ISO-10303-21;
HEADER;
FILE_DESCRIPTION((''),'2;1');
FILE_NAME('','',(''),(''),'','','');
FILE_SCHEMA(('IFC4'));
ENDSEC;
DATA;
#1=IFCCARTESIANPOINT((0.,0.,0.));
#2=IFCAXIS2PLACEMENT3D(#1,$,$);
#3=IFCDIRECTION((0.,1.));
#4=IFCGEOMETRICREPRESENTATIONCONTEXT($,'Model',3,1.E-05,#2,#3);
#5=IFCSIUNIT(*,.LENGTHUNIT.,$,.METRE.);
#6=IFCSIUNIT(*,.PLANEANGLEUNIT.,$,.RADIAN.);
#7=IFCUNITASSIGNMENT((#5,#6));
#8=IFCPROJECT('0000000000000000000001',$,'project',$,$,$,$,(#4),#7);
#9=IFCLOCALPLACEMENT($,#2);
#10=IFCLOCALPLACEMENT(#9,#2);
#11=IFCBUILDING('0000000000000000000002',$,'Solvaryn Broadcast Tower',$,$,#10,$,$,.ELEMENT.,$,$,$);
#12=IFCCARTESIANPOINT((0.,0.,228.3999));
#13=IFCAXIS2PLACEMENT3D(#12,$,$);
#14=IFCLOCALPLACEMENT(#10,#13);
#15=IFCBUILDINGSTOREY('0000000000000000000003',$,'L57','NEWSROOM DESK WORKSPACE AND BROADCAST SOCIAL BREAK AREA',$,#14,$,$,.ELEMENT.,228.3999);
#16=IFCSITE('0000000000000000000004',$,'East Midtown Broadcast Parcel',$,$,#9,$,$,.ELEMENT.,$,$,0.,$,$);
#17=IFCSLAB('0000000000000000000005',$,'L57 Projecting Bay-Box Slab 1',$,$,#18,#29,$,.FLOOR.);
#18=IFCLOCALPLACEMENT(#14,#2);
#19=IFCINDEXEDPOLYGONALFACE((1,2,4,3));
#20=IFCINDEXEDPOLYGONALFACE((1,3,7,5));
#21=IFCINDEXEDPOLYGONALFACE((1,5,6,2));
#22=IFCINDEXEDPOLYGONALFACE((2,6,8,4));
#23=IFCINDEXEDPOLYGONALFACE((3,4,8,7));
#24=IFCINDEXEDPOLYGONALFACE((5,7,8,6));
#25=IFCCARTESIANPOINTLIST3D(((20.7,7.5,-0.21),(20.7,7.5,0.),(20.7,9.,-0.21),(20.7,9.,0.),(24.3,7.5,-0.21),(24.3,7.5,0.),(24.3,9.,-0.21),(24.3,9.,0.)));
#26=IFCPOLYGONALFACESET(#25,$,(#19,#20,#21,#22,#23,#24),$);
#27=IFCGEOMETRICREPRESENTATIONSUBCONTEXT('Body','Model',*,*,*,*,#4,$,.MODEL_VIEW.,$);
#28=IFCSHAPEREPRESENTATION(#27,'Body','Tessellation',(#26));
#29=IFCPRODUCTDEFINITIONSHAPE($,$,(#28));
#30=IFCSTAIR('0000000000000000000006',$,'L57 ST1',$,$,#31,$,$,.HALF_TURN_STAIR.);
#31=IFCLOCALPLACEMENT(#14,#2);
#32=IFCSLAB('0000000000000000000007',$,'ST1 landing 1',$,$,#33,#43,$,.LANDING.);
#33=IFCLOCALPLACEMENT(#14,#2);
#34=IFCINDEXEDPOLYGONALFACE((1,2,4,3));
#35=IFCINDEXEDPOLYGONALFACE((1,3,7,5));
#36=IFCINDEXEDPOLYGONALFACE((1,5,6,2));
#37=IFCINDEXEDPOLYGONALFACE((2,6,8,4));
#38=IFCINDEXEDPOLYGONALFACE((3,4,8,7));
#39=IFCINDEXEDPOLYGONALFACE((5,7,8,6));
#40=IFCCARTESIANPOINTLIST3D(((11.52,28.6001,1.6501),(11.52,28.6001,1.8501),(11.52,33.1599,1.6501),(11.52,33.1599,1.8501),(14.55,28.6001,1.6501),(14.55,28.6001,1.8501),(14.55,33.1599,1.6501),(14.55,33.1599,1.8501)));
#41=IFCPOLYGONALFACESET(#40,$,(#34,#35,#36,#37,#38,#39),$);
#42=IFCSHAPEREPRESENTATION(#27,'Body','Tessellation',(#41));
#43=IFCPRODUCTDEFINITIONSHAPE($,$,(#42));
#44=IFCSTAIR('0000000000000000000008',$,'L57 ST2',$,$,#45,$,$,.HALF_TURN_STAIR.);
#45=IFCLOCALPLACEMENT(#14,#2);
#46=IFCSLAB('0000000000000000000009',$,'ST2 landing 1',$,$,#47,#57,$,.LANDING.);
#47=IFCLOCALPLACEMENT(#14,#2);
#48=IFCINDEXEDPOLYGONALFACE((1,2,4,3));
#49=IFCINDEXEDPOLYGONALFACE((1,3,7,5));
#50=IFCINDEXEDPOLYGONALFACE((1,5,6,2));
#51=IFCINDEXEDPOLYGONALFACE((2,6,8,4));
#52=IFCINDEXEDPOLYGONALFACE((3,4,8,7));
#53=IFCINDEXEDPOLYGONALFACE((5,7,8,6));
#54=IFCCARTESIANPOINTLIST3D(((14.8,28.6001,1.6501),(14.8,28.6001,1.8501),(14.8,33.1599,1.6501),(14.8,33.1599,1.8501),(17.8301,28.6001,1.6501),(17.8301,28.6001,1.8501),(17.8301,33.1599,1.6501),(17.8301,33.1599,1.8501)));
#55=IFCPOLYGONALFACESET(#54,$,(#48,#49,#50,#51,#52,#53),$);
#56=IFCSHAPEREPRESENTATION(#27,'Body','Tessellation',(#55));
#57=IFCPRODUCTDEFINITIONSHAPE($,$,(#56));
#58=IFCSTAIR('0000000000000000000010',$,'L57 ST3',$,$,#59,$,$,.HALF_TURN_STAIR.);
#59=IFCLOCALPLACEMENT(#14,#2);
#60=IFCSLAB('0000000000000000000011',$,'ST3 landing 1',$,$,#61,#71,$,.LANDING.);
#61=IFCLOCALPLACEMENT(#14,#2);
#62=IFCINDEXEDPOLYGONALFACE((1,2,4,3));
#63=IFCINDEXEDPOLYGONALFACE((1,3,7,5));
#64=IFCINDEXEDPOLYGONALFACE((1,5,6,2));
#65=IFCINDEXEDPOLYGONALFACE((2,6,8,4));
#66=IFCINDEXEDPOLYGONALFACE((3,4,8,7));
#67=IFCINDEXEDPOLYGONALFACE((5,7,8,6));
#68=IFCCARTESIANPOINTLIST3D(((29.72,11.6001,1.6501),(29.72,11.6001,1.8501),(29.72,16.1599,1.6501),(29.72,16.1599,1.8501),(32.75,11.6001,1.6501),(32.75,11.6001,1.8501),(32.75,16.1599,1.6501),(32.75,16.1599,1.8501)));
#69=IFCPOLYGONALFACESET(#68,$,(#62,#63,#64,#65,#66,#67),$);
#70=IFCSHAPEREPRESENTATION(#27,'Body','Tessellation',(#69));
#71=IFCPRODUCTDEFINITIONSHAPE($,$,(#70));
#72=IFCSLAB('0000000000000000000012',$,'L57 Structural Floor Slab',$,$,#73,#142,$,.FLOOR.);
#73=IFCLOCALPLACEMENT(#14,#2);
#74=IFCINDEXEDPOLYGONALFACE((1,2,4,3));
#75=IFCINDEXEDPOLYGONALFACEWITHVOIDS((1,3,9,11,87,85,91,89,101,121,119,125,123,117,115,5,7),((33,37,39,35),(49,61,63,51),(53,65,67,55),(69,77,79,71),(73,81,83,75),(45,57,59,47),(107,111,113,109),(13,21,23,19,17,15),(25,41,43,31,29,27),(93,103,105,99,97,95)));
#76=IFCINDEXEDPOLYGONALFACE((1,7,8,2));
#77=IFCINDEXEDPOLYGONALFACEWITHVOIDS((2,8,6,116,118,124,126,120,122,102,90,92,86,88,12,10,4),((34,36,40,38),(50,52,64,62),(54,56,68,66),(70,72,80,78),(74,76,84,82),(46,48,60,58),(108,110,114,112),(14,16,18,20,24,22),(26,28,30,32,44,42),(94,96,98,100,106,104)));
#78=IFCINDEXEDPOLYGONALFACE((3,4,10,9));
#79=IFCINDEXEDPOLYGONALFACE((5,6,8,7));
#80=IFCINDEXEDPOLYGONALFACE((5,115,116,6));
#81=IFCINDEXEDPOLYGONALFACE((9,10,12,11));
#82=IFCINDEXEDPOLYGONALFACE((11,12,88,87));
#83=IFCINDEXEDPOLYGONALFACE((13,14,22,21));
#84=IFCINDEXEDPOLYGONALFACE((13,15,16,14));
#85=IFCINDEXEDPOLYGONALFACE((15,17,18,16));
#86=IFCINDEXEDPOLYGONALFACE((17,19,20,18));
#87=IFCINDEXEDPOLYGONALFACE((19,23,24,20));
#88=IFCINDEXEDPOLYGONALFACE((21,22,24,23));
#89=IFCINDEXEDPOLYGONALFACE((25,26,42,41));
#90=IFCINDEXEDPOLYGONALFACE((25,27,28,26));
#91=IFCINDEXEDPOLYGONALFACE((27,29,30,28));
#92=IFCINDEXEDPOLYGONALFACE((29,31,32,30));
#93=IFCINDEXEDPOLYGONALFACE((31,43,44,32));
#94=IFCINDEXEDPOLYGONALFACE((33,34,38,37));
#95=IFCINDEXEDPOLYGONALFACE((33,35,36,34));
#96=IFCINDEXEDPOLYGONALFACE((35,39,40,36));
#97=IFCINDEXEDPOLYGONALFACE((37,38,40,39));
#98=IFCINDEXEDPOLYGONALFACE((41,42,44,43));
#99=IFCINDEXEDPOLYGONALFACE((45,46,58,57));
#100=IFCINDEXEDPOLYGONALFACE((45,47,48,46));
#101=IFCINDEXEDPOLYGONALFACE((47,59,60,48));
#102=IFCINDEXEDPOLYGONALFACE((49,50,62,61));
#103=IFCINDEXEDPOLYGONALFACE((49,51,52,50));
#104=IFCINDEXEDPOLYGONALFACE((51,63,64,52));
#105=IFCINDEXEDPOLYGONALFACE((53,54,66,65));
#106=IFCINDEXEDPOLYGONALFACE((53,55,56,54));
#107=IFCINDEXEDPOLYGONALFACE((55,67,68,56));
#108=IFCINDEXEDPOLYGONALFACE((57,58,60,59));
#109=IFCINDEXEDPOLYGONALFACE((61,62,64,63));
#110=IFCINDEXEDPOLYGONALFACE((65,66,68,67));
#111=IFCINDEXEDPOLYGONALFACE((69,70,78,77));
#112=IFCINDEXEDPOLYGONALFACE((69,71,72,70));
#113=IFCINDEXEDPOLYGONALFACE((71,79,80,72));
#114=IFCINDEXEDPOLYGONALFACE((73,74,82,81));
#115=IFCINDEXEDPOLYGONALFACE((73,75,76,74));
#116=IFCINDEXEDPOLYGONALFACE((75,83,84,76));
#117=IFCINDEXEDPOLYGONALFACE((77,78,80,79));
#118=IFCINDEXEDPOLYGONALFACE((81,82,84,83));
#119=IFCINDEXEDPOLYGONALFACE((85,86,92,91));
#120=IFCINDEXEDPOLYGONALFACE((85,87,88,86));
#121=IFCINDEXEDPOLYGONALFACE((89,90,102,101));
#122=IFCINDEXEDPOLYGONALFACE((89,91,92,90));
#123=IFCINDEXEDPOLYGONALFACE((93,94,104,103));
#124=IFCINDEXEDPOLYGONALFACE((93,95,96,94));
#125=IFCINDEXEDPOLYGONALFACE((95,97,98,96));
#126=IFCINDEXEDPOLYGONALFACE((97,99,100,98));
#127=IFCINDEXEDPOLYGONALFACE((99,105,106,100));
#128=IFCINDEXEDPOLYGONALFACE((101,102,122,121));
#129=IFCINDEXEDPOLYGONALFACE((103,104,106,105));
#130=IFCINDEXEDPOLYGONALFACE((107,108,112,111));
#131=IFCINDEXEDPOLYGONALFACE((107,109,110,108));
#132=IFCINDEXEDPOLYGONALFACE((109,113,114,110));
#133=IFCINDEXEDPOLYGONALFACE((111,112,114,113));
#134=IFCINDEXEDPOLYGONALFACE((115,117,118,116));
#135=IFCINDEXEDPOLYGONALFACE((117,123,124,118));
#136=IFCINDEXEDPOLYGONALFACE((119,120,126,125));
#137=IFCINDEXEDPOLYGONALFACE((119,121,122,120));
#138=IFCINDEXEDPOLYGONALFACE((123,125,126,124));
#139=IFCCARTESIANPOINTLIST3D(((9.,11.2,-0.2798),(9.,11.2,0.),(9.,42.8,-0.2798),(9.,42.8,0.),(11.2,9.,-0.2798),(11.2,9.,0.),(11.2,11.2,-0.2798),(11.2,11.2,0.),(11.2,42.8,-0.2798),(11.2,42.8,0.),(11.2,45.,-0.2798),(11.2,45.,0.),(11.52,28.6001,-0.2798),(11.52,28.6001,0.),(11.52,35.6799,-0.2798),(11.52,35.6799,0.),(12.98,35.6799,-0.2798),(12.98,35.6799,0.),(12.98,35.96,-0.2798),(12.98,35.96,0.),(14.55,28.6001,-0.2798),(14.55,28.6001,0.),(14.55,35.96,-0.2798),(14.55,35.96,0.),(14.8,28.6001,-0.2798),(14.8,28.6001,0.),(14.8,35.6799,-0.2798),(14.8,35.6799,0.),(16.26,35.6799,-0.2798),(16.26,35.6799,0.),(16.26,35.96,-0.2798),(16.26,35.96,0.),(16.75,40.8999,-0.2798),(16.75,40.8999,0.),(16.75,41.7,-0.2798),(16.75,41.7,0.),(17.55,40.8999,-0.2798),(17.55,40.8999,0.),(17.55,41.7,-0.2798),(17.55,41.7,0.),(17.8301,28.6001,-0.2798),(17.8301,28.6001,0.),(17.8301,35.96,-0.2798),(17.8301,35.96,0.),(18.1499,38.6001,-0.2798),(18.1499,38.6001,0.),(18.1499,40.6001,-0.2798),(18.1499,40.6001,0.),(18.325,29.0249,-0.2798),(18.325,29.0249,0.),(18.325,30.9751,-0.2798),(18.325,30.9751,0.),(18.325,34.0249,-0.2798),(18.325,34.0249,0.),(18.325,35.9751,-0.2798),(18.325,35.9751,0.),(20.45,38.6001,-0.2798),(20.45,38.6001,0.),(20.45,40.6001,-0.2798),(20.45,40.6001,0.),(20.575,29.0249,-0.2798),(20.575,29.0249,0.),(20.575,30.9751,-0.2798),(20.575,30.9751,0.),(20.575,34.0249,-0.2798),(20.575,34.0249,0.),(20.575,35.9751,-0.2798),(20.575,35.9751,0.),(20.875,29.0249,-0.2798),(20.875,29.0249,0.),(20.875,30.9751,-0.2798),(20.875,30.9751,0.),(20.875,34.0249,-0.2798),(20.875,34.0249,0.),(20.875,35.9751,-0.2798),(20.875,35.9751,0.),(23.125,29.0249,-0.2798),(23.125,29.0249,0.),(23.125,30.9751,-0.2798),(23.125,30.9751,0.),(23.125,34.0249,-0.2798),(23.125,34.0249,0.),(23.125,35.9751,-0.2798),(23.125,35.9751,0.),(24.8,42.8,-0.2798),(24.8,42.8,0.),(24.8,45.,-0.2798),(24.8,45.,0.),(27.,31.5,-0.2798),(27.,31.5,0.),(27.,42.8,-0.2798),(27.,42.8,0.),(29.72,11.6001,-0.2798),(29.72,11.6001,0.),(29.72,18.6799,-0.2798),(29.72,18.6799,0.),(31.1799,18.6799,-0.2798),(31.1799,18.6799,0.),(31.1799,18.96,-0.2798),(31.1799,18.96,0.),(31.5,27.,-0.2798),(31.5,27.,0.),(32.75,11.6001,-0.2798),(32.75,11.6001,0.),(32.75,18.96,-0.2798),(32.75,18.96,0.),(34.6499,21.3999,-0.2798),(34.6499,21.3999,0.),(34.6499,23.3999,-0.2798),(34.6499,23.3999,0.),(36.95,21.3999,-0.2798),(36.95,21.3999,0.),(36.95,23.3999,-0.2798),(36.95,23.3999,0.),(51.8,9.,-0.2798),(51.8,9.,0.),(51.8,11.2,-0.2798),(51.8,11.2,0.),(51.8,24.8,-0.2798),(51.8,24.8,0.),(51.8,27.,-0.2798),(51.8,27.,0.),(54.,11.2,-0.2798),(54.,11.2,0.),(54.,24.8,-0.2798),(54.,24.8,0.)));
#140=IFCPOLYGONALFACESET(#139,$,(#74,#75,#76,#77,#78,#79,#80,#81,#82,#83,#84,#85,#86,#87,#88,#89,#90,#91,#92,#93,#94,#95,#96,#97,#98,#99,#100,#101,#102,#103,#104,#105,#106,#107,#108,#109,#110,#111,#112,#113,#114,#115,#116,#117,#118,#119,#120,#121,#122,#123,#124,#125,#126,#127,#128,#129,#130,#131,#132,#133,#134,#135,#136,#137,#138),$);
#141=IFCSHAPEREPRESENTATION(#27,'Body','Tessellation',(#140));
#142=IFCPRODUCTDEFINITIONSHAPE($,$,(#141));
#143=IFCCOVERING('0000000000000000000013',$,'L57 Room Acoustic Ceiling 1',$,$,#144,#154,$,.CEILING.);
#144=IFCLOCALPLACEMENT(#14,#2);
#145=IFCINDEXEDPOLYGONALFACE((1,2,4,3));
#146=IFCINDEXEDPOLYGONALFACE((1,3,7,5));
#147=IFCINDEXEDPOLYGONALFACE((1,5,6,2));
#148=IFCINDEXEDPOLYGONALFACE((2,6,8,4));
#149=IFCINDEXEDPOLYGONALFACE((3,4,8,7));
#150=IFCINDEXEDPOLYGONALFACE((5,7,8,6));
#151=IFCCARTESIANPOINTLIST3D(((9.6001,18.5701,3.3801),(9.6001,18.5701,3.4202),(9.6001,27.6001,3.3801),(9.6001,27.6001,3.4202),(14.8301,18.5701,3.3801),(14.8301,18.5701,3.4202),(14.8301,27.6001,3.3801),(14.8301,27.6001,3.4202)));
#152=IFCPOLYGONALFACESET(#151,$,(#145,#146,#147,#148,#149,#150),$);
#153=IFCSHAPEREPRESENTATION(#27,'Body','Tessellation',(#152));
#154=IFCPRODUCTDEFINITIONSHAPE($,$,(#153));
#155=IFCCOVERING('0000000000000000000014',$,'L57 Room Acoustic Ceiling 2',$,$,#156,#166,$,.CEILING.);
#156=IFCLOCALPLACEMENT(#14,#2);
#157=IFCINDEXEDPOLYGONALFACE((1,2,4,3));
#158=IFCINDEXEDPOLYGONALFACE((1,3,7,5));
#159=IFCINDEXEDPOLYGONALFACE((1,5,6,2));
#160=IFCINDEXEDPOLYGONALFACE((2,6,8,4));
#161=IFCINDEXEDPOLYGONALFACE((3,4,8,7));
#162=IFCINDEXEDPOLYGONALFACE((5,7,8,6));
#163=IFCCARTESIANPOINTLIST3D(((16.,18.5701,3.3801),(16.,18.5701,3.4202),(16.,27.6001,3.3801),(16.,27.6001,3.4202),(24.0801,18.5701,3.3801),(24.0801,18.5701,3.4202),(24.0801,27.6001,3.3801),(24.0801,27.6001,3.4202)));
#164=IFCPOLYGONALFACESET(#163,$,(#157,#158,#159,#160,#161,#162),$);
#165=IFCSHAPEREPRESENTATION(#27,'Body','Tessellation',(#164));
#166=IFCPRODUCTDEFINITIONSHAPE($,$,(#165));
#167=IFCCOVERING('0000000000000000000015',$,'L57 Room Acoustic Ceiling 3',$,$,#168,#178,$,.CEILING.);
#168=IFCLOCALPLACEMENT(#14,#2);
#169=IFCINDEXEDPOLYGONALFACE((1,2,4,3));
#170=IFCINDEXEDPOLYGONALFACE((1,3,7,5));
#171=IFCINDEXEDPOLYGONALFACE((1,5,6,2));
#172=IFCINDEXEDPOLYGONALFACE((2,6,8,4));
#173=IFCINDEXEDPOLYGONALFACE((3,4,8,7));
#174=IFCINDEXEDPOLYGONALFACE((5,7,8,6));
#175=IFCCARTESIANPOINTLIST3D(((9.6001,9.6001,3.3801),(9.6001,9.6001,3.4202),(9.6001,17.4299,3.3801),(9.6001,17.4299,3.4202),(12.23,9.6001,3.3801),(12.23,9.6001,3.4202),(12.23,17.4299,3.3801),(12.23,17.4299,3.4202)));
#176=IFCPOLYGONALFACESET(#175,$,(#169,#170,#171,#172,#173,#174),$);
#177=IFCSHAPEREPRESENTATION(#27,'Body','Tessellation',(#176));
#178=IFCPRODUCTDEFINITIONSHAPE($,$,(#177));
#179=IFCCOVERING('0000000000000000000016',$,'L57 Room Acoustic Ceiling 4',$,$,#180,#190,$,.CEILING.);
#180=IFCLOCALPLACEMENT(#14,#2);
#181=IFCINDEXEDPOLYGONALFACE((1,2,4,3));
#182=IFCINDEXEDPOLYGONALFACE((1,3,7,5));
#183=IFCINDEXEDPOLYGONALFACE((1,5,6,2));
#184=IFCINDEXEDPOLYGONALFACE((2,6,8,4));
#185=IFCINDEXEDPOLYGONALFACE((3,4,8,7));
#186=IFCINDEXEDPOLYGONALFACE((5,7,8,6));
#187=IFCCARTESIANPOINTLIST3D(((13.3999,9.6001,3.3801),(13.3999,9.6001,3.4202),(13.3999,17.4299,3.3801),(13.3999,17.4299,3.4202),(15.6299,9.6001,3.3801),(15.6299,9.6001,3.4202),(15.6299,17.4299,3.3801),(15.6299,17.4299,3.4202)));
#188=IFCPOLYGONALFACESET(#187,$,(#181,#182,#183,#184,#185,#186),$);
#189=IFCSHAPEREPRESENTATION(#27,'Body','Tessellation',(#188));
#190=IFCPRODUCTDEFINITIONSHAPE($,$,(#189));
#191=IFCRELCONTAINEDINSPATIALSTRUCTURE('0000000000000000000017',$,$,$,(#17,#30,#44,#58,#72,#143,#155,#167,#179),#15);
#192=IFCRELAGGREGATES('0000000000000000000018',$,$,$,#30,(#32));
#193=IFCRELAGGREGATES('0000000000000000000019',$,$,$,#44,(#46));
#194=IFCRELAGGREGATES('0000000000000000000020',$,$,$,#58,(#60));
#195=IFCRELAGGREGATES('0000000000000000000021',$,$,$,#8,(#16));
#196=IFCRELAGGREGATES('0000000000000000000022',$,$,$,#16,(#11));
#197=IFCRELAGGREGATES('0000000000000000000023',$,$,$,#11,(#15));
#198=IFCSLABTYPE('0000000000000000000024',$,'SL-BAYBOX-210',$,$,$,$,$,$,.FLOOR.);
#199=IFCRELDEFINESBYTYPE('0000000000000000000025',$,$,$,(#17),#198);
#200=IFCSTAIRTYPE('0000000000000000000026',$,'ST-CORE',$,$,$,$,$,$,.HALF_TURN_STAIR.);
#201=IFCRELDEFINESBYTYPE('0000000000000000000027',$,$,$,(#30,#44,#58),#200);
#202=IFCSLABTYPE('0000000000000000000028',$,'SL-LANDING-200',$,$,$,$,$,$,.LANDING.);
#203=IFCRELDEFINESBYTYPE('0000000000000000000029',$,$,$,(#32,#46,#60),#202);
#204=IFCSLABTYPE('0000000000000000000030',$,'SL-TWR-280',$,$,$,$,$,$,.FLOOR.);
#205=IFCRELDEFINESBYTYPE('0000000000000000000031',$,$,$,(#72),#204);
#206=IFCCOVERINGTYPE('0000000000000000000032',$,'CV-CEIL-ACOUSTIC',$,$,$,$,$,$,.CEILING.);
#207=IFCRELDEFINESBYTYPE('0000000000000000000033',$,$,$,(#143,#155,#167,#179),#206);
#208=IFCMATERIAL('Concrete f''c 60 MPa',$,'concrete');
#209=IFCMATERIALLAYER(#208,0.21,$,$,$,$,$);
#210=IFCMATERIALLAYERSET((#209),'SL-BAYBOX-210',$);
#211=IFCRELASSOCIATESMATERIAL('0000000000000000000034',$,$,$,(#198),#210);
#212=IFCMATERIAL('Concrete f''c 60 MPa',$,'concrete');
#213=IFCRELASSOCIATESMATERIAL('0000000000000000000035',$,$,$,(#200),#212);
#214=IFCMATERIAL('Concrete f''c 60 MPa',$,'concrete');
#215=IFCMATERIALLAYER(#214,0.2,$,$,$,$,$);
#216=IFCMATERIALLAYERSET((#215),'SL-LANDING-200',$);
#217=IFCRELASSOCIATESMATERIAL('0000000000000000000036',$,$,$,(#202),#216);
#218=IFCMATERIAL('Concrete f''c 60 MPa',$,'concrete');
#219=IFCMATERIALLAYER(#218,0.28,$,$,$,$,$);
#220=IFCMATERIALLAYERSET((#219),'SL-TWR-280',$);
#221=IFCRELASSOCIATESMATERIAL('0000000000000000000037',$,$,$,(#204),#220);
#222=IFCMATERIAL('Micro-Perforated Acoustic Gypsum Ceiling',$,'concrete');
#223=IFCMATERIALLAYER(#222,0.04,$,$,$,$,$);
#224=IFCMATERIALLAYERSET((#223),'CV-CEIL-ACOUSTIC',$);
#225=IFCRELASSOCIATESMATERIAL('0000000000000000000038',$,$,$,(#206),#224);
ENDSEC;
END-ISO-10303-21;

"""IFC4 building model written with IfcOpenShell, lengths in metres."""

from ifc_helpers import new_model, si_unit, direction, frame, origin, place, context, subcontext, project, spatial, polyline, outline, extrude, material, layer, layer_set, type_object, element, aggregate, save


model = new_model("IFC4")

# Units and contexts
model_context = context("Model", 3, precision=1e-05, world=origin(), true_north=direction((0.0, 1.0)))
body_context = subcontext(model_context, "Body", "Model", "MODEL_VIEW")
ifc_project = project(units=[si_unit("LENGTHUNIT", "METRE"), si_unit("PLANEANGLEUNIT", "RADIAN")], contexts=[model_context])

# Site, building, storey
site_placement = place(None, origin())
site = spatial("IfcSite", under=ifc_project, at=site_placement, Name="East Midtown Broadcast Parcel", CompositionType="ELEMENT", RefElevation=0.0)
building_placement = place(site_placement, origin())
building = spatial("IfcBuilding", under=site, at=building_placement, Name="Solvaryn Broadcast Tower", CompositionType="ELEMENT")
storey_placement = place(building_placement, frame((0.0, 0.0, 228.3999)))
storey = spatial("IfcBuildingStorey", under=building, at=storey_placement, Name="L57", Description="NEWSROOM DESK WORKSPACE AND BROADCAST SOCIAL BREAK AREA", CompositionType="ELEMENT", Elevation=228.3999)

# Slab
ifc_material_1 = material(Name="Concrete f'c 60 MPa", Category="concrete")
ifc_layer_1 = layer(ifc_material_1, 0.21)
ifc_layer_set_1 = layer_set([ifc_layer_1], Name="SL-BAYBOX-210")
slab_type_1 = type_object("IfcSlabType", Name="SL-BAYBOX-210", PredefinedType="FLOOR", material=ifc_layer_set_1)
slab_1_placement = place(storey_placement, frame((0.0, 0.0, -0.21)))
element("IfcSlab", 1, at=slab_1_placement, inside=storey, type_object=slab_type_1, Name="L57 Projecting Bay-Box Slab 1", PredefinedType="FLOOR", context=body_context, shape_type="SweptSolid", body=[
    extrude(outline(polyline([(20.7, 7.5), (24.3, 7.5), (24.3, 9.0), (20.7, 9.0), (20.7, 7.5)])), origin(), (0.0, 0.0, 1.0), 0.21),
])

# Stairs, slabs
ifc_material_2 = material(Name="Concrete f'c 60 MPa", Category="concrete")
stair_type = type_object("IfcStairType", Name="ST-CORE", PredefinedType="HALF_TURN_STAIR", material=ifc_material_2)
stair_1_placement = place(storey_placement, origin())
stair_1 = element("IfcStair", 2, at=stair_1_placement, inside=storey, type_object=stair_type, Name="L57 ST1", PredefinedType="HALF_TURN_STAIR")
ifc_material_3 = material(Name="Concrete f'c 60 MPa", Category="concrete")
ifc_layer_2 = layer(ifc_material_3, 0.2)
ifc_layer_set_2 = layer_set([ifc_layer_2], Name="SL-LANDING-200")
slab_type_2 = type_object("IfcSlabType", Name="SL-LANDING-200", PredefinedType="LANDING", material=ifc_layer_set_2)
slab_2_placement = place(storey_placement, frame((0.0, 0.0, 1.6501)))
slab_2 = element("IfcSlab", 3, at=slab_2_placement, type_object=slab_type_2, Name="ST1 landing 1", PredefinedType="LANDING", context=body_context, shape_type="SweptSolid", body=[
    extrude(outline(polyline([(11.52, 33.1599), (11.52, 28.6001), (14.55, 28.6001), (14.55, 33.1599), (11.52, 33.1599)])), origin(), (0.0, 0.0, 1.0), 0.2),
])
aggregate(stair_1, [slab_2])
stair_2_placement = place(storey_placement, origin())
stair_2 = element("IfcStair", 4, at=stair_2_placement, inside=storey, type_object=stair_type, Name="L57 ST2", PredefinedType="HALF_TURN_STAIR")
slab_3_placement = place(storey_placement, frame((0.0, 0.0, 1.6501)))
slab_3 = element("IfcSlab", 5, at=slab_3_placement, type_object=slab_type_2, Name="ST2 landing 1", PredefinedType="LANDING", context=body_context, shape_type="SweptSolid", body=[
    extrude(outline(polyline([(14.8, 33.1599), (14.8, 28.6001), (17.8301, 28.6001), (17.8301, 33.1599), (14.8, 33.1599)])), origin(), (0.0, 0.0, 1.0), 0.2),
])
aggregate(stair_2, [slab_3])
stair_3_placement = place(storey_placement, origin())
stair_3 = element("IfcStair", 6, at=stair_3_placement, inside=storey, type_object=stair_type, Name="L57 ST3", PredefinedType="HALF_TURN_STAIR")
slab_4_placement = place(storey_placement, frame((0.0, 0.0, 1.6501)))
slab_4 = element("IfcSlab", 7, at=slab_4_placement, type_object=slab_type_2, Name="ST3 landing 1", PredefinedType="LANDING", context=body_context, shape_type="SweptSolid", body=[
    extrude(outline(polyline([(29.72, 16.1599), (29.72, 11.6001), (32.75, 11.6001), (32.75, 16.1599), (29.72, 16.1599)])), origin(), (0.0, 0.0, 1.0), 0.2),
])
aggregate(stair_3, [slab_4])

# Slab
ifc_material_4 = material(Name="Concrete f'c 60 MPa", Category="concrete")
ifc_layer_3 = layer(ifc_material_4, 0.28)
ifc_layer_set_3 = layer_set([ifc_layer_3], Name="SL-TWR-280")
slab_type_3 = type_object("IfcSlabType", Name="SL-TWR-280", PredefinedType="FLOOR", material=ifc_layer_set_3)
slab_5_placement = place(storey_placement, frame((0.0, 0.0, -0.2798)))
element("IfcSlab", 8, at=slab_5_placement, inside=storey, type_object=slab_type_3, Name="L57 Structural Floor Slab", PredefinedType="FLOOR", context=body_context, shape_type="SweptSolid", body=[
    extrude(outline(polyline([(11.2, 9.0), (51.8, 9.0), (51.8, 11.2), (54.0, 11.2), (54.0, 24.8), (51.8, 24.8), (51.8, 27.0), (31.5, 27.0), (27.0, 31.5), (27.0, 42.8), (24.8, 42.8), (24.8, 45.0), (11.2, 45.0), (11.2, 42.8), (9.0, 42.8), (9.0, 11.2), (11.2, 11.2), (11.2, 9.0)]), holes=[polyline([(11.52, 28.6001), (14.55, 28.6001), (14.55, 35.96), (12.98, 35.96), (12.98, 35.6799), (11.52, 35.6799), (11.52, 28.6001)]), polyline([(14.8, 28.6001), (17.8301, 28.6001), (17.8301, 35.96), (16.26, 35.96), (16.26, 35.6799), (14.8, 35.6799), (14.8, 28.6001)]), polyline([(29.72, 11.6001), (32.75, 11.6001), (32.75, 18.96), (31.1799, 18.96), (31.1799, 18.6799), (29.72, 18.6799), (29.72, 11.6001)]), polyline([(18.1499, 38.6001), (20.45, 38.6001), (20.45, 40.6001), (18.1499, 40.6001), (18.1499, 38.6001)]), polyline([(18.325, 29.0249), (20.575, 29.0249), (20.575, 30.9751), (18.325, 30.9751), (18.325, 29.0249)]), polyline([(20.875, 29.0249), (23.125, 29.0249), (23.125, 30.9751), (20.875, 30.9751), (20.875, 29.0249)]), polyline([(18.325, 34.0249), (20.575, 34.0249), (20.575, 35.9751), (18.325, 35.9751), (18.325, 34.0249)]), polyline([(20.875, 34.0249), (23.125, 34.0249), (23.125, 35.9751), (20.875, 35.9751), (20.875, 34.0249)]), polyline([(34.6499, 21.3999), (36.95, 21.3999), (36.95, 23.3999), (34.6499, 23.3999), (34.6499, 21.3999)]), polyline([(16.75, 40.8999), (17.55, 40.8999), (17.55, 41.7), (16.75, 41.7), (16.75, 40.8999)])]), origin(), (0.0, 0.0, 1.0), 0.2798),
])

# Coverings
ifc_material_5 = material(Name="Micro-Perforated Acoustic Gypsum Ceiling", Category="concrete")
ifc_layer_4 = layer(ifc_material_5, 0.04)
ifc_layer_set_4 = layer_set([ifc_layer_4], Name="CV-CEIL-ACOUSTIC")
covering_type_1 = type_object("IfcCoveringType", Name="CV-CEIL-ACOUSTIC", PredefinedType="CEILING", material=ifc_layer_set_4)
covering_1_placement = place(storey_placement, frame((0.0, 0.0, 3.3801)))
element("IfcCovering", 9, at=covering_1_placement, inside=storey, type_object=covering_type_1, Name="L57 Room Acoustic Ceiling 1", PredefinedType="CEILING", context=body_context, shape_type="SweptSolid", body=[
    extrude(outline(polyline([(9.6001, 18.5701), (14.8301, 18.5701), (14.8301, 27.6001), (9.6001, 27.6001), (9.6001, 18.5701)])), origin(), (0.0, 0.0, 1.0), 0.04),
])
covering_2_placement = place(storey_placement, frame((0.0, 0.0, 3.3801)))
element("IfcCovering", 10, at=covering_2_placement, inside=storey, type_object=covering_type_1, Name="L57 Room Acoustic Ceiling 2", PredefinedType="CEILING", context=body_context, shape_type="SweptSolid", body=[
    extrude(outline(polyline([(16.0, 18.5701), (24.0801, 18.5701), (24.0801, 27.6001), (16.0, 27.6001), (16.0, 18.5701)])), origin(), (0.0, 0.0, 1.0), 0.04),
])
covering_3_placement = place(storey_placement, frame((0.0, 0.0, 3.3801)))
element("IfcCovering", 11, at=covering_3_placement, inside=storey, type_object=covering_type_1, Name="L57 Room Acoustic Ceiling 3", PredefinedType="CEILING", context=body_context, shape_type="SweptSolid", body=[
    extrude(outline(polyline([(9.6001, 9.6001), (12.23, 9.6001), (12.23, 17.4299), (9.6001, 17.4299), (9.6001, 9.6001)])), origin(), (0.0, 0.0, 1.0), 0.04),
])
covering_4_placement = place(storey_placement, frame((0.0, 0.0, 3.3801)))
element("IfcCovering", 12, at=covering_4_placement, inside=storey, type_object=covering_type_1, Name="L57 Room Acoustic Ceiling 4", PredefinedType="CEILING", context=body_context, shape_type="SweptSolid", body=[
    extrude(outline(polyline([(13.3999, 9.6001), (15.6299, 9.6001), (15.6299, 17.4299), (13.3999, 17.4299), (13.3999, 9.6001)])), origin(), (0.0, 0.0, 1.0), 0.04),
])

save(model, "model.ifc")
